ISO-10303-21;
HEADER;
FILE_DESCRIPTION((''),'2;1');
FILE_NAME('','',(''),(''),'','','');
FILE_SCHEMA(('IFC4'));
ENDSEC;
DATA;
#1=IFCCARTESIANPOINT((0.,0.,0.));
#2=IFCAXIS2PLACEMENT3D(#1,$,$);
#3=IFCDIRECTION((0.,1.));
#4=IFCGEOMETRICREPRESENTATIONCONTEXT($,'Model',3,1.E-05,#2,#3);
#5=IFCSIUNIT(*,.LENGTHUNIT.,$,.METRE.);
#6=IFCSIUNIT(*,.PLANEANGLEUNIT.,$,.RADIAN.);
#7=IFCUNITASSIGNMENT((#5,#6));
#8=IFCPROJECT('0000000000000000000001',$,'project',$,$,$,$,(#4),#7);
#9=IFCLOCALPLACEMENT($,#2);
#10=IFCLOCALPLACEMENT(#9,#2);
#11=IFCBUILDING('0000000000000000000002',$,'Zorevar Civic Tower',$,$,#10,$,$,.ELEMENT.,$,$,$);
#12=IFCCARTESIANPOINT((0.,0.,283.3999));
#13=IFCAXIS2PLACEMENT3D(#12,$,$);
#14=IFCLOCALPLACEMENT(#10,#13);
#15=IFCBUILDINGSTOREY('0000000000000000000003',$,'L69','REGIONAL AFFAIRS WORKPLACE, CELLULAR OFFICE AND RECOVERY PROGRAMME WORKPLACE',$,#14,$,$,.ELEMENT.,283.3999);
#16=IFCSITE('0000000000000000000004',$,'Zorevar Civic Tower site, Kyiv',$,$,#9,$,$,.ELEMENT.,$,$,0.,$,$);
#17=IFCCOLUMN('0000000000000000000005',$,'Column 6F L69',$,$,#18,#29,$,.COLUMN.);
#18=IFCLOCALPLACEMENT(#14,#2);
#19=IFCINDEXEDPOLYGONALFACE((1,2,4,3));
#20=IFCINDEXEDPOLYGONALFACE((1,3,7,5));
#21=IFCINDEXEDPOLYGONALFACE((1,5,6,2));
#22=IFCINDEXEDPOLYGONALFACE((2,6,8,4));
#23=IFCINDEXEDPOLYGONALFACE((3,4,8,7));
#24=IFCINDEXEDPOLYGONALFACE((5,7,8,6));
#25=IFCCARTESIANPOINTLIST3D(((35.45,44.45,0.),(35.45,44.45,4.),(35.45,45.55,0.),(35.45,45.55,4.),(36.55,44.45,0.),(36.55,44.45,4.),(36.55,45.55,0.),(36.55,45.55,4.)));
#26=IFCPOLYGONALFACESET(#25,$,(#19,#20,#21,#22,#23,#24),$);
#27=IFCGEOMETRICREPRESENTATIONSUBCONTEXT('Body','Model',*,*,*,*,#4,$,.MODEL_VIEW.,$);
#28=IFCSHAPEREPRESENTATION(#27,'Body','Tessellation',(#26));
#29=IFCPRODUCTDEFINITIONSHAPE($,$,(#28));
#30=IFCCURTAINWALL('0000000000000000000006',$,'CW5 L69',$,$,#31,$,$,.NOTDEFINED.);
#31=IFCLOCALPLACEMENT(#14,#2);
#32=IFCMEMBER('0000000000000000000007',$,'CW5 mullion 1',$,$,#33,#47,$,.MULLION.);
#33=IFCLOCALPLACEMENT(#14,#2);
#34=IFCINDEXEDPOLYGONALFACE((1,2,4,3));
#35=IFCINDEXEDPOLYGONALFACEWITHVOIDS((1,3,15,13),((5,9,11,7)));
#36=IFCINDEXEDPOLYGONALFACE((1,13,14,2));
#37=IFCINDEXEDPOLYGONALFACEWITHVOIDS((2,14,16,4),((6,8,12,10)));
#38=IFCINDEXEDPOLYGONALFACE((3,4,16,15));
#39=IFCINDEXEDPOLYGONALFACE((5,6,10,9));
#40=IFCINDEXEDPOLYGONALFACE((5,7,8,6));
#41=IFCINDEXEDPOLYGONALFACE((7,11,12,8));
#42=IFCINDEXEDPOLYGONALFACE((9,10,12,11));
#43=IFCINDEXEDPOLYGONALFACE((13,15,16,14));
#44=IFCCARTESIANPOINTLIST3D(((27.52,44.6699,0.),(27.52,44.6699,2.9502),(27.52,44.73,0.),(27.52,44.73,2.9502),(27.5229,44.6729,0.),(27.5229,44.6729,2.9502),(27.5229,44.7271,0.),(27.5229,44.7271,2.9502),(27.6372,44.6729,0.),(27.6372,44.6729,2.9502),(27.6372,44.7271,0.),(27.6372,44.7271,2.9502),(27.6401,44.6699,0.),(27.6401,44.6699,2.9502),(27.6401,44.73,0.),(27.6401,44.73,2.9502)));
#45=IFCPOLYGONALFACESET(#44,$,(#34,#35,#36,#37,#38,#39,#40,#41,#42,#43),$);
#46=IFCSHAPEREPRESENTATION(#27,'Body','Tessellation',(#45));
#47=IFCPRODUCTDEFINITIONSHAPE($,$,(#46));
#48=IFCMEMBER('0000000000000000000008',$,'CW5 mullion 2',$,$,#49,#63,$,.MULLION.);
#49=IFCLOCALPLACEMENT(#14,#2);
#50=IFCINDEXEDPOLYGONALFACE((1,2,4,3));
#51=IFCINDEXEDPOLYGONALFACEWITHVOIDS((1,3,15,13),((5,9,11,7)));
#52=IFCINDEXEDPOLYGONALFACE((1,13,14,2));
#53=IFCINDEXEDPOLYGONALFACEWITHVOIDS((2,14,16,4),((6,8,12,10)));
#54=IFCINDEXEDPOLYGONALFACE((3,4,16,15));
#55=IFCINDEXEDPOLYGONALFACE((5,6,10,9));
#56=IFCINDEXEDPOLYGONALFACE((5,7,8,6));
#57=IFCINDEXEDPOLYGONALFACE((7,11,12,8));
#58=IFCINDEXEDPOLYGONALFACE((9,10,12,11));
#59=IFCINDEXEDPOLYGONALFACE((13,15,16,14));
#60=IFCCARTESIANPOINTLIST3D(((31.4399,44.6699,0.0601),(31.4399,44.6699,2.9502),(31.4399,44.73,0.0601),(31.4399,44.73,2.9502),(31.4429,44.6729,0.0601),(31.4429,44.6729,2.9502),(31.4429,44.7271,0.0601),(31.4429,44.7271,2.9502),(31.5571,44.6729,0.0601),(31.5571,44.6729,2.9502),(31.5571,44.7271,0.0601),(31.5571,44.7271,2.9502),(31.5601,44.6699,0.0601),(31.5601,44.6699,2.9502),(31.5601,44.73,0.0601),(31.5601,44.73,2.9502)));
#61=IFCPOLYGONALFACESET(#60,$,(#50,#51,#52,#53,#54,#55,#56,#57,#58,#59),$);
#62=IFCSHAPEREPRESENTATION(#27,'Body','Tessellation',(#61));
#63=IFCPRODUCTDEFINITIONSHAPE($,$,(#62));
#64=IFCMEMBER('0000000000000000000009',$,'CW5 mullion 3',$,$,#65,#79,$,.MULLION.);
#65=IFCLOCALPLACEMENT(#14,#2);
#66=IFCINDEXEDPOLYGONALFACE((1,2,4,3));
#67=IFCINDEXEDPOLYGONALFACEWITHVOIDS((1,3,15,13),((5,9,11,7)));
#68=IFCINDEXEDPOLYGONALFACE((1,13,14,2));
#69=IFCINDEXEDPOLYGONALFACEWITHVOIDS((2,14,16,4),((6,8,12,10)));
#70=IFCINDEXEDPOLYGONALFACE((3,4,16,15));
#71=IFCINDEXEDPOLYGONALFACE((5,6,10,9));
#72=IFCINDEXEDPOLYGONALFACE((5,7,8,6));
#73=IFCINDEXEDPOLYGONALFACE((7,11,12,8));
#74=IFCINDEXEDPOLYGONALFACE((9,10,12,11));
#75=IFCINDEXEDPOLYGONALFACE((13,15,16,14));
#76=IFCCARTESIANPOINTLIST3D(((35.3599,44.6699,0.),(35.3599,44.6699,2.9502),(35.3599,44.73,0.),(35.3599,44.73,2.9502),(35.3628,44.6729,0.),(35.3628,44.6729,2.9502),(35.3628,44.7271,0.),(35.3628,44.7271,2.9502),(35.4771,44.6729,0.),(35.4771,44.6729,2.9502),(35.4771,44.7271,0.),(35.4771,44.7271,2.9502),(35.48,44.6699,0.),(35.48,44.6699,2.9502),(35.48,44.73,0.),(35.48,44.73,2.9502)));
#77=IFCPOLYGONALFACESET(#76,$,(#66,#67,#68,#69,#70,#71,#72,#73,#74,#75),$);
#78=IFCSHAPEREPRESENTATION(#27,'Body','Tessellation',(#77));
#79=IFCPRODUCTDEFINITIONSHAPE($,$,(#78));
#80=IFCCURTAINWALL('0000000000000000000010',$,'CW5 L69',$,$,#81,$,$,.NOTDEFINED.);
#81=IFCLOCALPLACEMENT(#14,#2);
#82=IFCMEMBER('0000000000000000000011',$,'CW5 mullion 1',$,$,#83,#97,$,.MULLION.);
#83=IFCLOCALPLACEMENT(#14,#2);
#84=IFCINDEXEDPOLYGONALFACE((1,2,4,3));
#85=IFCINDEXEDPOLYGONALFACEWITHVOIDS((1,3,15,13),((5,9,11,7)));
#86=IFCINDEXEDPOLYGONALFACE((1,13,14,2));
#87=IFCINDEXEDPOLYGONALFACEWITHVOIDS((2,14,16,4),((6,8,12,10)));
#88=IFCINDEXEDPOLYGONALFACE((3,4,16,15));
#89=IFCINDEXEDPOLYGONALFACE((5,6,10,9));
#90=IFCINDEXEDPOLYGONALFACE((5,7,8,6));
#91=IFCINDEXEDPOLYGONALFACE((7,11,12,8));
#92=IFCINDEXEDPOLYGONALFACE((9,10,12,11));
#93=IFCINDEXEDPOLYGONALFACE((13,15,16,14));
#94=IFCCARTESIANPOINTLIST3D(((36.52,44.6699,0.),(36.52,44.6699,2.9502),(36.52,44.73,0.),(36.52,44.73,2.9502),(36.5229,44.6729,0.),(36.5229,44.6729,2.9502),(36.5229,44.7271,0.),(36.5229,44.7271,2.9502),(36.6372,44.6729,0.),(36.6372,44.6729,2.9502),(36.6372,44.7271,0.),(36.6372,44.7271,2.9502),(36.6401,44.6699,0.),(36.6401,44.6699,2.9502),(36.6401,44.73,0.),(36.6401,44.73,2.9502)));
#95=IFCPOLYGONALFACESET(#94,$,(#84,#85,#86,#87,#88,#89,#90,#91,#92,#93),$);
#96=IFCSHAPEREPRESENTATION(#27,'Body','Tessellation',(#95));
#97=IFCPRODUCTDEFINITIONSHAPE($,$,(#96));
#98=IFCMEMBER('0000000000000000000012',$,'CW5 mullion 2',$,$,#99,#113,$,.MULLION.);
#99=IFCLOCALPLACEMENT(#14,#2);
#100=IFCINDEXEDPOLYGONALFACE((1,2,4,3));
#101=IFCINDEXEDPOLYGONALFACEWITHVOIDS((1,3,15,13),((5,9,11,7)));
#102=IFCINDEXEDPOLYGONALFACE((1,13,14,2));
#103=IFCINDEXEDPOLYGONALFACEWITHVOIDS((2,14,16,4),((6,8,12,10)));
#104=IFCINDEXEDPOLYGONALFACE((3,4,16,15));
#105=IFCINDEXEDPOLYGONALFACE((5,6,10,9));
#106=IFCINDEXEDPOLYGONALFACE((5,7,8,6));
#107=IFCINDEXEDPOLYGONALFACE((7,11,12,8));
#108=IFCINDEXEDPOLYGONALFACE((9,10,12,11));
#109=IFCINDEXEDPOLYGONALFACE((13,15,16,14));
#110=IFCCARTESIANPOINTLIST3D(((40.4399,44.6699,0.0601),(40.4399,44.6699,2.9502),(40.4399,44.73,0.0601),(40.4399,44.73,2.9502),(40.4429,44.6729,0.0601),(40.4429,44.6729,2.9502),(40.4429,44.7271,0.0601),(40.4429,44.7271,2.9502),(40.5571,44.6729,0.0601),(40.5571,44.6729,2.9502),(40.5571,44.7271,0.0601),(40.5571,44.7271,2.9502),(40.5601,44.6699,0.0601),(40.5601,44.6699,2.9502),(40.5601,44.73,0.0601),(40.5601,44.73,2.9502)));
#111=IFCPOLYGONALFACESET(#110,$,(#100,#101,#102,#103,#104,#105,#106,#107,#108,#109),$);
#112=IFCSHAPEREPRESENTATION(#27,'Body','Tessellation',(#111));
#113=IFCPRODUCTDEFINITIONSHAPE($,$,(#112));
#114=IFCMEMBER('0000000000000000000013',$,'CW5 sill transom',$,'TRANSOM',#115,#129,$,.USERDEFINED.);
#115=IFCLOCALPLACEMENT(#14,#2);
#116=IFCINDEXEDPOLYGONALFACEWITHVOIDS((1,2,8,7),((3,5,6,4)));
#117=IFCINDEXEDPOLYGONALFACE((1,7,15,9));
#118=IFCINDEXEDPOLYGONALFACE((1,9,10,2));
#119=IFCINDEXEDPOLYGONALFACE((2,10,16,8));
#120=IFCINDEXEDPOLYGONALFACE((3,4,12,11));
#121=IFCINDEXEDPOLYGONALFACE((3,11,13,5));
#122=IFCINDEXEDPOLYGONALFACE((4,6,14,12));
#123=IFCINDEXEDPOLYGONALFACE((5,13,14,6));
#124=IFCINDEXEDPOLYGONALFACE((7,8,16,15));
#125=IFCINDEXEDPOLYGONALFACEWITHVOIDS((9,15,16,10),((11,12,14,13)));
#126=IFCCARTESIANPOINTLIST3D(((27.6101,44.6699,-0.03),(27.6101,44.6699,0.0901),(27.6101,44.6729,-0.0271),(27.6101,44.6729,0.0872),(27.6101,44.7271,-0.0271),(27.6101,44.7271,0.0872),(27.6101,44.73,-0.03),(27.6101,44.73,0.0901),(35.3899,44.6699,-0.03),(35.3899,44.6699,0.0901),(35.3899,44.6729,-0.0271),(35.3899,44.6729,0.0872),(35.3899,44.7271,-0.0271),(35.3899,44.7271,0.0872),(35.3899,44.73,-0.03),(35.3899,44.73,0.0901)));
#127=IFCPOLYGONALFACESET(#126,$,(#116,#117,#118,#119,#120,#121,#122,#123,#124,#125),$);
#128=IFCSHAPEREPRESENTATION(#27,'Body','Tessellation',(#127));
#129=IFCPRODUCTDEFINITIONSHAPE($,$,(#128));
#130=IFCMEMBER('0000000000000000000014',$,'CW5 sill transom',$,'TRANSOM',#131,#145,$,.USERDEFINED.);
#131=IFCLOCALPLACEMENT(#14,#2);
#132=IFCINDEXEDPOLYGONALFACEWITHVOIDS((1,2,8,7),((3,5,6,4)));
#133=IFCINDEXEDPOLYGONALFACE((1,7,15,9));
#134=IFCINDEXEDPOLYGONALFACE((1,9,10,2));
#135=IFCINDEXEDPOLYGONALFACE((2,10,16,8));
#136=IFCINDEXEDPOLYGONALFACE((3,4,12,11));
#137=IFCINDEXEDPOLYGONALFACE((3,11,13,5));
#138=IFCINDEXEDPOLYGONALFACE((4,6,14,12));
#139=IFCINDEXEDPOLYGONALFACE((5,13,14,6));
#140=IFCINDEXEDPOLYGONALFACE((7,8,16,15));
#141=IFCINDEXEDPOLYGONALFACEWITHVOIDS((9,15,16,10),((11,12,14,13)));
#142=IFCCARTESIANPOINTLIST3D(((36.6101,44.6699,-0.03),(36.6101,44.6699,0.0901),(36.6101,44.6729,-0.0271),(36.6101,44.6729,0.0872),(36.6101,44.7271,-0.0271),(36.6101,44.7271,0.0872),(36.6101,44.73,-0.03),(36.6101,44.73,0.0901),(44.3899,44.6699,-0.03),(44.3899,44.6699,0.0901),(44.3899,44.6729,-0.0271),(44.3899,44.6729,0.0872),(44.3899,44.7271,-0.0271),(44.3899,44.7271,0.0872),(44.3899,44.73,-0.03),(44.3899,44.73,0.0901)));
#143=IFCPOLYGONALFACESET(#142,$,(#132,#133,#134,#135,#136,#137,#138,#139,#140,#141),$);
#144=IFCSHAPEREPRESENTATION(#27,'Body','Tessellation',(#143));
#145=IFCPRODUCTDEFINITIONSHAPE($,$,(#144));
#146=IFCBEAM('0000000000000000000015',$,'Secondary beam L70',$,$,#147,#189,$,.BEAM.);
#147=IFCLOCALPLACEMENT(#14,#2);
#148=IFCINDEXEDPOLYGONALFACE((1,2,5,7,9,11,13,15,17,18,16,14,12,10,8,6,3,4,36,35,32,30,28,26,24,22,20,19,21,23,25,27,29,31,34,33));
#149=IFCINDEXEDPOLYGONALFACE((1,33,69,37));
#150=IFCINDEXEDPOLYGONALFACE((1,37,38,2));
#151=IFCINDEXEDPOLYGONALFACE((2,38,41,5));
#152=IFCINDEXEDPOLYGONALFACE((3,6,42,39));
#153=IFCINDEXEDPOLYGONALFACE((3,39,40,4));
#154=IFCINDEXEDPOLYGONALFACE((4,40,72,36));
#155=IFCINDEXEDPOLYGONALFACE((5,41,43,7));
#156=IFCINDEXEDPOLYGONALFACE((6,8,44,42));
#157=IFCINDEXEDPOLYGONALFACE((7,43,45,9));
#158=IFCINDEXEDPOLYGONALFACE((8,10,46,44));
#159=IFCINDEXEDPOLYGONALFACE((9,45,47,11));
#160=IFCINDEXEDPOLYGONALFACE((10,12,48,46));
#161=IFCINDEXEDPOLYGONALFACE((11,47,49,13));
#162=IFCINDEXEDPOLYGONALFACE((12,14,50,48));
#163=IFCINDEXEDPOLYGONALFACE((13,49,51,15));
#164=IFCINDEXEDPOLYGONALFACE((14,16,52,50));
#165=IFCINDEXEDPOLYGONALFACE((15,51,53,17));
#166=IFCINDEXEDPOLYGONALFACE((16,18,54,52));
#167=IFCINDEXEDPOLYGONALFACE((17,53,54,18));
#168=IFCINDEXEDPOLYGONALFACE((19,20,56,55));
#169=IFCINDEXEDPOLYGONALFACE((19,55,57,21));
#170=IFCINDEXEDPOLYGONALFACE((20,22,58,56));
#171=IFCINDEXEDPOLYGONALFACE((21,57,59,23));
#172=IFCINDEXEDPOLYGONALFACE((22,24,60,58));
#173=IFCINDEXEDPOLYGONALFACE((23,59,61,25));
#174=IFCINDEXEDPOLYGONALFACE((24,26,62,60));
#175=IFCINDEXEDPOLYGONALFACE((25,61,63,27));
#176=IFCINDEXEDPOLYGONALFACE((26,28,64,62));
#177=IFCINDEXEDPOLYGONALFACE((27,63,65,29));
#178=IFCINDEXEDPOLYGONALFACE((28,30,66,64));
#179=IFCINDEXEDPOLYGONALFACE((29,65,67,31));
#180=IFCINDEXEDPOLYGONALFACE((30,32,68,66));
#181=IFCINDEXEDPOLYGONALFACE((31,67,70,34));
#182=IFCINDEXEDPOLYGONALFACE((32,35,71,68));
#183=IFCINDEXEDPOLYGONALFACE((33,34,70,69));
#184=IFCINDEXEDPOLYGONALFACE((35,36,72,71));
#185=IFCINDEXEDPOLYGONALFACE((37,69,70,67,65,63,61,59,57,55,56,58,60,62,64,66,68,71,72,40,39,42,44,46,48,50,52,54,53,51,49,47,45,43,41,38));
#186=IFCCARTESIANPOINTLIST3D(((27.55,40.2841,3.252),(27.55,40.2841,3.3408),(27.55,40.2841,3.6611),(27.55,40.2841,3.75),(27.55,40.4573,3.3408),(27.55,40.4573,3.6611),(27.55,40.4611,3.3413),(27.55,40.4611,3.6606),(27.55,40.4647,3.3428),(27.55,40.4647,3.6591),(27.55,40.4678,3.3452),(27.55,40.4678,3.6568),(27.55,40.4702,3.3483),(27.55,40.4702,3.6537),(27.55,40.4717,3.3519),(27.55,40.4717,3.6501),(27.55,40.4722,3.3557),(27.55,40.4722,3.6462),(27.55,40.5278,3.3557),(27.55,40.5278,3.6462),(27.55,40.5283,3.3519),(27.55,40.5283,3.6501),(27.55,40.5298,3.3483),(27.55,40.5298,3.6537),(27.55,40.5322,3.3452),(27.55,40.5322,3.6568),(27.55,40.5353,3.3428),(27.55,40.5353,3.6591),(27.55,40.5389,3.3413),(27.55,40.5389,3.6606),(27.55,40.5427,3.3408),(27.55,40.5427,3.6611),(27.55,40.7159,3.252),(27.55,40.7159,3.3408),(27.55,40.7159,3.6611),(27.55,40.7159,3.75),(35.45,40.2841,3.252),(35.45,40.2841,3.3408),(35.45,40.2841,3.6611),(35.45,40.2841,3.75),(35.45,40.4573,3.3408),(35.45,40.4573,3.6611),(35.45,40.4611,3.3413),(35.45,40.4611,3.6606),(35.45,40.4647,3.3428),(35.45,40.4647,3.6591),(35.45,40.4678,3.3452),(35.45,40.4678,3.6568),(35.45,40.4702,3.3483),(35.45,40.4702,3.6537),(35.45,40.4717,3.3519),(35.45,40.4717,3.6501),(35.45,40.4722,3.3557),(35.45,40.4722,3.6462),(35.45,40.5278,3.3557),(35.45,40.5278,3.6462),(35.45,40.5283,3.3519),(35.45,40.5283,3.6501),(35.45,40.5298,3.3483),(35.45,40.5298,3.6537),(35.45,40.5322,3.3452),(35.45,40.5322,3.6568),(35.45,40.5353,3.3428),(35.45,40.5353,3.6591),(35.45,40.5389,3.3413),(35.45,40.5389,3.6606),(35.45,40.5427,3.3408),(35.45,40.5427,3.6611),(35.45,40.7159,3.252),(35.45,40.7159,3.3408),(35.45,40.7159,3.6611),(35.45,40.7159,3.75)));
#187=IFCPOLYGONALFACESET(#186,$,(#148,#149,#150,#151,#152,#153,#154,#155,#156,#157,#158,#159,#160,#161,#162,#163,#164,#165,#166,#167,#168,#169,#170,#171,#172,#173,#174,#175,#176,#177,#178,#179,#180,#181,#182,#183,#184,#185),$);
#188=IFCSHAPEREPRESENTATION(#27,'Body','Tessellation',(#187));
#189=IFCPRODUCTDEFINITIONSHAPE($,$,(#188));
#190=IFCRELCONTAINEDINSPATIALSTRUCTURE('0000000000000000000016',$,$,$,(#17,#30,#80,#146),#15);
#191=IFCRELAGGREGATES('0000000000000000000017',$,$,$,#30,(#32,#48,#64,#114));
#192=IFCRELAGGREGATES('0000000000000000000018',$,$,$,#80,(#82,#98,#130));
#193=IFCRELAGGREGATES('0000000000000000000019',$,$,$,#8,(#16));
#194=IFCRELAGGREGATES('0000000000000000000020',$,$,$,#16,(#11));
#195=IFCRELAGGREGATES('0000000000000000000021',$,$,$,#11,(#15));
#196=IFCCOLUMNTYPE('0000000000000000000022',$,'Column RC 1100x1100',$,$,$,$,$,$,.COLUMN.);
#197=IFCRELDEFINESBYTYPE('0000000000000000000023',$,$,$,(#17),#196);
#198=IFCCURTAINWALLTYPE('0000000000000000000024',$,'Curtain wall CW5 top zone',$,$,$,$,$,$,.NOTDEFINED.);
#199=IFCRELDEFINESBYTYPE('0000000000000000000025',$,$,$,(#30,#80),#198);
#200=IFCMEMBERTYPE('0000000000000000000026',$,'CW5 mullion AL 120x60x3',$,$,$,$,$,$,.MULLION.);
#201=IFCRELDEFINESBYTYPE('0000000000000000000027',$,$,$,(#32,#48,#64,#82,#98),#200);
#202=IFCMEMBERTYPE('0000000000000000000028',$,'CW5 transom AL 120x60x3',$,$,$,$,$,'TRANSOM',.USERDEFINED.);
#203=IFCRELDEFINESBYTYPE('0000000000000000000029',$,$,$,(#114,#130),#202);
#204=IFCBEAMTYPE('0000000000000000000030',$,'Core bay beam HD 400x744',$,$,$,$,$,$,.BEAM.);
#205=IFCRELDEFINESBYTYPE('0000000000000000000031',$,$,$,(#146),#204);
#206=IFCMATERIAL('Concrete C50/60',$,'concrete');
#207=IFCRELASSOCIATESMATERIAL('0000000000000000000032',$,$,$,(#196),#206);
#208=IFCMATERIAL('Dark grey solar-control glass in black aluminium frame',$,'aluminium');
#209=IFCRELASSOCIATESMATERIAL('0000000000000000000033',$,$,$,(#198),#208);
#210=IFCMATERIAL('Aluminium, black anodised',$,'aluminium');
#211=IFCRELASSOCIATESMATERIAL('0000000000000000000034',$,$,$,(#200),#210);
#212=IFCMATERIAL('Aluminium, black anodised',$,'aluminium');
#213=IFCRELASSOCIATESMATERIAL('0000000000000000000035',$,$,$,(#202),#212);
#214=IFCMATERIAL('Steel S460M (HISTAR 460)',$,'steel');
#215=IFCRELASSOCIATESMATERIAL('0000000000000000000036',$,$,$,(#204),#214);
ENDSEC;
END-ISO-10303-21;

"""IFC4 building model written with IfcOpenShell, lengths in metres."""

from ifc_helpers import new_model, si_unit, direction, frame, origin, origin_2d, place, context, subcontext, project, spatial, rectangle, hollow_rectangle, i_section, extrude, material, material_profile, profile_set, type_object, element, aggregate, save


model = new_model("IFC4")

# Units and contexts
model_context = context("Model", 3, precision=1e-05, world=origin(), true_north=direction((0.0, 1.0)))
body_context = subcontext(model_context, "Body", "Model", "MODEL_VIEW")
ifc_project = project(units=[si_unit("LENGTHUNIT", "METRE"), si_unit("PLANEANGLEUNIT", "RADIAN")], contexts=[model_context])

# Site, building, storey
site_placement = place(None, origin())
site = spatial("IfcSite", under=ifc_project, at=site_placement, Name="Zorevar Civic Tower site, Kyiv", CompositionType="ELEMENT", RefElevation=0.0)
building_placement = place(site_placement, origin())
building = spatial("IfcBuilding", under=site, at=building_placement, Name="Zorevar Civic Tower", CompositionType="ELEMENT")
storey_placement = place(building_placement, frame((0.0, 0.0, 283.3999)))
storey = spatial("IfcBuildingStorey", under=building, at=storey_placement, Name="L69", Description="REGIONAL AFFAIRS WORKPLACE, CELLULAR OFFICE AND RECOVERY PROGRAMME WORKPLACE", CompositionType="ELEMENT", Elevation=283.3999)

# Column
ifc_material_1 = material(Name="Concrete C50/60", Category="concrete")
ifc_material_profile_1 = material_profile(ifc_material_1, rectangle(XDim=1.1001, YDim=1.1001, at=origin_2d()), Name="RC 1100x1100")
ifc_profile_set_1 = profile_set([ifc_material_profile_1], Name="Concrete C50/60")
column_type = type_object("IfcColumnType", Name="Column RC 1100x1100", PredefinedType="COLUMN", material=ifc_profile_set_1)
column_placement = place(storey_placement, frame((36.0, 45.0, 0.0), z_axis=(0.0, 0.0, 1.0), x_axis=(1.0, 0.0, 0.0)))
element("IfcColumn", 1, at=column_placement, inside=storey, type_object=column_type, Name="Column 6F L69", PredefinedType="COLUMN", context=body_context, shape_type="SweptSolid", body=[
    extrude(rectangle(XDim=1.1001, YDim=1.1001, at=origin_2d()), origin(), (0.0, 0.0, 1.0), 4.0),
])

# Curtain walls, members
ifc_material_2 = material(Name="Dark grey solar-control glass in black aluminium frame", Category="aluminium")
curtain_wall_type = type_object("IfcCurtainWallType", Name="Curtain wall CW5 top zone", PredefinedType="NOTDEFINED", material=ifc_material_2)
curtain_wall_1_placement = place(storey_placement, origin())
curtain_wall_1 = element("IfcCurtainWall", 2, at=curtain_wall_1_placement, inside=storey, type_object=curtain_wall_type, Name="CW5 L69", PredefinedType="NOTDEFINED")
ifc_material_3 = material(Name="Aluminium, black anodised", Category="aluminium")
ifc_material_profile_2 = material_profile(ifc_material_3, hollow_rectangle(XDim=0.0601, YDim=0.1201, WallThickness=0.0029, at=origin_2d()), Name="AL 120x60x3")
ifc_profile_set_2 = profile_set([ifc_material_profile_2], Name="Aluminium, black anodised")
member_type_1 = type_object("IfcMemberType", Name="CW5 mullion AL 120x60x3", PredefinedType="MULLION", material=ifc_profile_set_2)
member_1_placement = place(storey_placement, frame((27.5801, 44.7, 0.0), z_axis=(0.0, 0.0, 1.0), x_axis=(0.0, 1.0, 0.0)))
member_1 = element("IfcMember", 3, at=member_1_placement, type_object=member_type_1, Name="CW5 mullion 1", PredefinedType="MULLION", context=body_context, shape_type="SweptSolid", body=[
    extrude(hollow_rectangle(XDim=0.0601, YDim=0.1201, WallThickness=0.0029, at=origin_2d()), origin(), (0.0, 0.0, 1.0), 2.9502),
])
member_2_placement = place(storey_placement, frame((31.5, 44.7, 0.0601), z_axis=(0.0, 0.0, 1.0), x_axis=(0.0, 1.0, 0.0)))
member_2 = element("IfcMember", 4, at=member_2_placement, type_object=member_type_1, Name="CW5 mullion 2", PredefinedType="MULLION", context=body_context, shape_type="SweptSolid", body=[
    extrude(hollow_rectangle(XDim=0.0601, YDim=0.1201, WallThickness=0.0029, at=origin_2d()), origin(), (0.0, 0.0, 1.0), 2.8901),
])
member_3_placement = place(storey_placement, frame((35.4199, 44.7, 0.0), z_axis=(0.0, 0.0, 1.0), x_axis=(0.0, 1.0, 0.0)))
member_3 = element("IfcMember", 5, at=member_3_placement, type_object=member_type_1, Name="CW5 mullion 3", PredefinedType="MULLION", context=body_context, shape_type="SweptSolid", body=[
    extrude(hollow_rectangle(XDim=0.0601, YDim=0.1201, WallThickness=0.0029, at=origin_2d()), origin(), (0.0, 0.0, 1.0), 2.9502),
])
curtain_wall_2_placement = place(storey_placement, origin())
curtain_wall_2 = element("IfcCurtainWall", 6, at=curtain_wall_2_placement, inside=storey, type_object=curtain_wall_type, Name="CW5 L69", PredefinedType="NOTDEFINED")
member_4_placement = place(storey_placement, frame((36.5801, 44.7, 0.0), z_axis=(0.0, 0.0, 1.0), x_axis=(0.0, 1.0, 0.0)))
member_4 = element("IfcMember", 7, at=member_4_placement, type_object=member_type_1, Name="CW5 mullion 1", PredefinedType="MULLION", context=body_context, shape_type="SweptSolid", body=[
    extrude(hollow_rectangle(XDim=0.0601, YDim=0.1201, WallThickness=0.0029, at=origin_2d()), origin(), (0.0, 0.0, 1.0), 2.9502),
])
member_5_placement = place(storey_placement, frame((40.5, 44.7, 0.0601), z_axis=(0.0, 0.0, 1.0), x_axis=(0.0, 1.0, 0.0)))
member_5 = element("IfcMember", 8, at=member_5_placement, type_object=member_type_1, Name="CW5 mullion 2", PredefinedType="MULLION", context=body_context, shape_type="SweptSolid", body=[
    extrude(hollow_rectangle(XDim=0.0601, YDim=0.1201, WallThickness=0.0029, at=origin_2d()), origin(), (0.0, 0.0, 1.0), 2.8901),
])

# Members
ifc_material_4 = material(Name="Aluminium, black anodised", Category="aluminium")
ifc_material_profile_3 = material_profile(ifc_material_4, hollow_rectangle(XDim=0.0601, YDim=0.1201, WallThickness=0.0029, at=origin_2d()), Name="AL 120x60x3")
ifc_profile_set_3 = profile_set([ifc_material_profile_3], Name="Aluminium, black anodised")
member_type_2 = type_object("IfcMemberType", Name="CW5 transom AL 120x60x3", ElementType="TRANSOM", PredefinedType="USERDEFINED", material=ifc_profile_set_3)
member_6_placement = place(storey_placement, frame((27.6101, 44.7, 0.03), z_axis=(1.0, 0.0, 0.0), x_axis=(0.0, 1.0, 0.0)))
member_6 = element("IfcMember", 9, at=member_6_placement, type_object=member_type_2, Name="CW5 sill transom", ObjectType="TRANSOM", PredefinedType="USERDEFINED", context=body_context, shape_type="SweptSolid", body=[
    extrude(hollow_rectangle(XDim=0.0601, YDim=0.1201, WallThickness=0.0029, at=origin_2d()), origin(), (0.0, 0.0, 1.0), 7.7798),
])
member_7_placement = place(storey_placement, frame((36.6101, 44.7, 0.03), z_axis=(1.0, 0.0, 0.0), x_axis=(0.0, 1.0, 0.0)))
member_7 = element("IfcMember", 10, at=member_7_placement, type_object=member_type_2, Name="CW5 sill transom", ObjectType="TRANSOM", PredefinedType="USERDEFINED", context=body_context, shape_type="SweptSolid", body=[
    extrude(hollow_rectangle(XDim=0.0601, YDim=0.1201, WallThickness=0.0029, at=origin_2d()), origin(), (0.0, 0.0, 1.0), 7.7798),
])

# Beam
ifc_material_5 = material(Name="Steel S460M (HISTAR 460)", Category="steel")
ifc_material_profile_4 = material_profile(ifc_material_5, i_section(OverallWidth=0.4319, OverallDepth=0.498, WebThickness=0.0557, FlangeThickness=0.0889, FilletRadius=0.0149, at=origin_2d()), Name="HD 400x744")
ifc_profile_set_4 = profile_set([ifc_material_profile_4], Name="Steel S460M (HISTAR 460)")
beam_type_1 = type_object("IfcBeamType", Name="Core bay beam HD 400x744", PredefinedType="BEAM", material=ifc_profile_set_4)
for number, where, z_axis, x_axis, name in (
    (11, (27.55, 40.5, 3.501), (1.0, 0.0, 0.0), (0.0, 1.0, 0.0), "Secondary beam L70"),
):
    element("IfcBeam", number, at=place(storey_placement, frame(where, z_axis=z_axis, x_axis=x_axis)), inside=storey, type_object=beam_type_1, Name=name, PredefinedType="BEAM", context=body_context, shape_type="SweptSolid", body=[
        extrude(i_section(OverallWidth=0.4319, OverallDepth=0.498, WebThickness=0.0557, FlangeThickness=0.0889, FilletRadius=0.0149, at=origin_2d()), origin(), (0.0, 0.0, 1.0), 7.8999),
    ])

aggregate(curtain_wall_1, [member_1, member_2, member_3, member_6])
aggregate(curtain_wall_2, [member_4, member_5, member_7])

save(model, "model.ifc")
